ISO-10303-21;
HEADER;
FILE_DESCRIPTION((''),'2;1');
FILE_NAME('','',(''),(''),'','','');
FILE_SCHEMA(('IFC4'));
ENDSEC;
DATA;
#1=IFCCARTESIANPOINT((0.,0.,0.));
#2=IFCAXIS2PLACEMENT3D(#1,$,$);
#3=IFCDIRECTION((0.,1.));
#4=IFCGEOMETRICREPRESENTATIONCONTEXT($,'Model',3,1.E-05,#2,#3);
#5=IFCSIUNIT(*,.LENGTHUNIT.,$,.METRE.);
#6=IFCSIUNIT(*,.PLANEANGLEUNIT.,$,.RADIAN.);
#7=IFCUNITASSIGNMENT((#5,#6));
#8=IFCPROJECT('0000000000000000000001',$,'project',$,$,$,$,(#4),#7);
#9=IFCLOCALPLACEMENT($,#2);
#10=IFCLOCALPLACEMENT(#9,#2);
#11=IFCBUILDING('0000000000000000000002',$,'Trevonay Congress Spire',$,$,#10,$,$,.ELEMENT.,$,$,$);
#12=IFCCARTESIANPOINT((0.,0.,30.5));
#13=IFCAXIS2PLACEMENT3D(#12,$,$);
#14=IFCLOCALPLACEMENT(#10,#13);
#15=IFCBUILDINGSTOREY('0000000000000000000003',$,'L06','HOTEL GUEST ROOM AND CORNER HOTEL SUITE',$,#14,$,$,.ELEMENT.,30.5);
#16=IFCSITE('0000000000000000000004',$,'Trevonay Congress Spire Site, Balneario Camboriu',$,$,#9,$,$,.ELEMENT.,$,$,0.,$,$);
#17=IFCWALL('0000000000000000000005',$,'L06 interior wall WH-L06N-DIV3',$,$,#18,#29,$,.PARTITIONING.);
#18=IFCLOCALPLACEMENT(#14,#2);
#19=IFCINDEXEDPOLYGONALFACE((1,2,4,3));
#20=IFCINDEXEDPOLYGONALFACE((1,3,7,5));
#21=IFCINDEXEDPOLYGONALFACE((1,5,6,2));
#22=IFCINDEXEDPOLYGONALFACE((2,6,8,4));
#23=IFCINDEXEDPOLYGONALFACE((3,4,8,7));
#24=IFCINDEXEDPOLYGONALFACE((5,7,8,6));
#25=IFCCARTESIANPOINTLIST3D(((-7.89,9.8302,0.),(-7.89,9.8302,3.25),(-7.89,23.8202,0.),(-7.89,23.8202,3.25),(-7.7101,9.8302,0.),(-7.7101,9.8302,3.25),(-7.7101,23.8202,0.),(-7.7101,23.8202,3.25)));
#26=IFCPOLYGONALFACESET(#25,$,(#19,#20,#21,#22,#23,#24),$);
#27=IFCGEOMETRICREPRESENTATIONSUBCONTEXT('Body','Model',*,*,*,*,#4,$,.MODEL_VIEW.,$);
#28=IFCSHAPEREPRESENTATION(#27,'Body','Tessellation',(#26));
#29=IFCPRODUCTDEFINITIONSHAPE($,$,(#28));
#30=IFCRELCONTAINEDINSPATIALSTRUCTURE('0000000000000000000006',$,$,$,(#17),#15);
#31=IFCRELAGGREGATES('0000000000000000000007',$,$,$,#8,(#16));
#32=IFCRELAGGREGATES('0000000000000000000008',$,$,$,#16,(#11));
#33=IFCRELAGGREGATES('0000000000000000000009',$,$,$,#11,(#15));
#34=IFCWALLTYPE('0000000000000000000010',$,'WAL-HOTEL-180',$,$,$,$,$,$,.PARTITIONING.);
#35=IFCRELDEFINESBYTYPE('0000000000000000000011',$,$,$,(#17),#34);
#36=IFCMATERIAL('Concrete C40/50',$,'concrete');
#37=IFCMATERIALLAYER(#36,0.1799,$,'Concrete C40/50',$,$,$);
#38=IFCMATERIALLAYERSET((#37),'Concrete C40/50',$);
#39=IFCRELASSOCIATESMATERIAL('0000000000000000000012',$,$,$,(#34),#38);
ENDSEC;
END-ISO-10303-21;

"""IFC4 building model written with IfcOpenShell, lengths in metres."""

from ifc_helpers import new_model, si_unit, direction, frame, frame_2d, origin, place, context, subcontext, project, spatial, rectangle, extrude, material, layer, layer_set, type_object, element, save


model = new_model("IFC4")

# Units and contexts
model_context = context("Model", 3, precision=1e-05, world=origin(), true_north=direction((0.0, 1.0)))
body_context = subcontext(model_context, "Body", "Model", "MODEL_VIEW")
ifc_project = project(units=[si_unit("LENGTHUNIT", "METRE"), si_unit("PLANEANGLEUNIT", "RADIAN")], contexts=[model_context])

# Site, building, storey
site_placement = place(None, origin())
site = spatial("IfcSite", under=ifc_project, at=site_placement, Name="Trevonay Congress Spire Site, Balneario Camboriu", CompositionType="ELEMENT", RefElevation=0.0)
building_placement = place(site_placement, origin())
building = spatial("IfcBuilding", under=site, at=building_placement, Name="Trevonay Congress Spire", CompositionType="ELEMENT")
storey_placement = place(building_placement, frame((0.0, 0.0, 30.5)))
storey = spatial("IfcBuildingStorey", under=building, at=storey_placement, Name="L06", Description="HOTEL GUEST ROOM AND CORNER HOTEL SUITE", CompositionType="ELEMENT", Elevation=30.5)

# Shared definitions
ifc_material_1 = material(Name="Concrete C40/50", Category="concrete")

# Wall
ifc_layer_1 = layer(ifc_material_1, 0.1799, Name="Concrete C40/50")
ifc_layer_set_1 = layer_set([ifc_layer_1], Name="Concrete C40/50")
wall_type_1 = type_object("IfcWallType", Name="WAL-HOTEL-180", PredefinedType="PARTITIONING", material=ifc_layer_set_1)
for number, where, z_axis, x_axis, name in (
    (1, (-7.8, 9.8301, 0.0), (0.0, 0.0, 1.0), (0.0, 1.0, 0.0), "L06 interior wall WH-L06N-DIV3"),
):
    element("IfcWall", number, at=place(storey_placement, frame(where, z_axis=z_axis, x_axis=x_axis)), inside=storey, type_object=wall_type_1, Name=name, PredefinedType="PARTITIONING", context=body_context, shape_type="SweptSolid", body=[
        extrude(rectangle(XDim=13.99, YDim=0.1799, at=frame_2d((6.9951, 0.0))), origin(), (0.0, 0.0, 1.0), 3.25),
    ])

save(model, "model.ifc")
